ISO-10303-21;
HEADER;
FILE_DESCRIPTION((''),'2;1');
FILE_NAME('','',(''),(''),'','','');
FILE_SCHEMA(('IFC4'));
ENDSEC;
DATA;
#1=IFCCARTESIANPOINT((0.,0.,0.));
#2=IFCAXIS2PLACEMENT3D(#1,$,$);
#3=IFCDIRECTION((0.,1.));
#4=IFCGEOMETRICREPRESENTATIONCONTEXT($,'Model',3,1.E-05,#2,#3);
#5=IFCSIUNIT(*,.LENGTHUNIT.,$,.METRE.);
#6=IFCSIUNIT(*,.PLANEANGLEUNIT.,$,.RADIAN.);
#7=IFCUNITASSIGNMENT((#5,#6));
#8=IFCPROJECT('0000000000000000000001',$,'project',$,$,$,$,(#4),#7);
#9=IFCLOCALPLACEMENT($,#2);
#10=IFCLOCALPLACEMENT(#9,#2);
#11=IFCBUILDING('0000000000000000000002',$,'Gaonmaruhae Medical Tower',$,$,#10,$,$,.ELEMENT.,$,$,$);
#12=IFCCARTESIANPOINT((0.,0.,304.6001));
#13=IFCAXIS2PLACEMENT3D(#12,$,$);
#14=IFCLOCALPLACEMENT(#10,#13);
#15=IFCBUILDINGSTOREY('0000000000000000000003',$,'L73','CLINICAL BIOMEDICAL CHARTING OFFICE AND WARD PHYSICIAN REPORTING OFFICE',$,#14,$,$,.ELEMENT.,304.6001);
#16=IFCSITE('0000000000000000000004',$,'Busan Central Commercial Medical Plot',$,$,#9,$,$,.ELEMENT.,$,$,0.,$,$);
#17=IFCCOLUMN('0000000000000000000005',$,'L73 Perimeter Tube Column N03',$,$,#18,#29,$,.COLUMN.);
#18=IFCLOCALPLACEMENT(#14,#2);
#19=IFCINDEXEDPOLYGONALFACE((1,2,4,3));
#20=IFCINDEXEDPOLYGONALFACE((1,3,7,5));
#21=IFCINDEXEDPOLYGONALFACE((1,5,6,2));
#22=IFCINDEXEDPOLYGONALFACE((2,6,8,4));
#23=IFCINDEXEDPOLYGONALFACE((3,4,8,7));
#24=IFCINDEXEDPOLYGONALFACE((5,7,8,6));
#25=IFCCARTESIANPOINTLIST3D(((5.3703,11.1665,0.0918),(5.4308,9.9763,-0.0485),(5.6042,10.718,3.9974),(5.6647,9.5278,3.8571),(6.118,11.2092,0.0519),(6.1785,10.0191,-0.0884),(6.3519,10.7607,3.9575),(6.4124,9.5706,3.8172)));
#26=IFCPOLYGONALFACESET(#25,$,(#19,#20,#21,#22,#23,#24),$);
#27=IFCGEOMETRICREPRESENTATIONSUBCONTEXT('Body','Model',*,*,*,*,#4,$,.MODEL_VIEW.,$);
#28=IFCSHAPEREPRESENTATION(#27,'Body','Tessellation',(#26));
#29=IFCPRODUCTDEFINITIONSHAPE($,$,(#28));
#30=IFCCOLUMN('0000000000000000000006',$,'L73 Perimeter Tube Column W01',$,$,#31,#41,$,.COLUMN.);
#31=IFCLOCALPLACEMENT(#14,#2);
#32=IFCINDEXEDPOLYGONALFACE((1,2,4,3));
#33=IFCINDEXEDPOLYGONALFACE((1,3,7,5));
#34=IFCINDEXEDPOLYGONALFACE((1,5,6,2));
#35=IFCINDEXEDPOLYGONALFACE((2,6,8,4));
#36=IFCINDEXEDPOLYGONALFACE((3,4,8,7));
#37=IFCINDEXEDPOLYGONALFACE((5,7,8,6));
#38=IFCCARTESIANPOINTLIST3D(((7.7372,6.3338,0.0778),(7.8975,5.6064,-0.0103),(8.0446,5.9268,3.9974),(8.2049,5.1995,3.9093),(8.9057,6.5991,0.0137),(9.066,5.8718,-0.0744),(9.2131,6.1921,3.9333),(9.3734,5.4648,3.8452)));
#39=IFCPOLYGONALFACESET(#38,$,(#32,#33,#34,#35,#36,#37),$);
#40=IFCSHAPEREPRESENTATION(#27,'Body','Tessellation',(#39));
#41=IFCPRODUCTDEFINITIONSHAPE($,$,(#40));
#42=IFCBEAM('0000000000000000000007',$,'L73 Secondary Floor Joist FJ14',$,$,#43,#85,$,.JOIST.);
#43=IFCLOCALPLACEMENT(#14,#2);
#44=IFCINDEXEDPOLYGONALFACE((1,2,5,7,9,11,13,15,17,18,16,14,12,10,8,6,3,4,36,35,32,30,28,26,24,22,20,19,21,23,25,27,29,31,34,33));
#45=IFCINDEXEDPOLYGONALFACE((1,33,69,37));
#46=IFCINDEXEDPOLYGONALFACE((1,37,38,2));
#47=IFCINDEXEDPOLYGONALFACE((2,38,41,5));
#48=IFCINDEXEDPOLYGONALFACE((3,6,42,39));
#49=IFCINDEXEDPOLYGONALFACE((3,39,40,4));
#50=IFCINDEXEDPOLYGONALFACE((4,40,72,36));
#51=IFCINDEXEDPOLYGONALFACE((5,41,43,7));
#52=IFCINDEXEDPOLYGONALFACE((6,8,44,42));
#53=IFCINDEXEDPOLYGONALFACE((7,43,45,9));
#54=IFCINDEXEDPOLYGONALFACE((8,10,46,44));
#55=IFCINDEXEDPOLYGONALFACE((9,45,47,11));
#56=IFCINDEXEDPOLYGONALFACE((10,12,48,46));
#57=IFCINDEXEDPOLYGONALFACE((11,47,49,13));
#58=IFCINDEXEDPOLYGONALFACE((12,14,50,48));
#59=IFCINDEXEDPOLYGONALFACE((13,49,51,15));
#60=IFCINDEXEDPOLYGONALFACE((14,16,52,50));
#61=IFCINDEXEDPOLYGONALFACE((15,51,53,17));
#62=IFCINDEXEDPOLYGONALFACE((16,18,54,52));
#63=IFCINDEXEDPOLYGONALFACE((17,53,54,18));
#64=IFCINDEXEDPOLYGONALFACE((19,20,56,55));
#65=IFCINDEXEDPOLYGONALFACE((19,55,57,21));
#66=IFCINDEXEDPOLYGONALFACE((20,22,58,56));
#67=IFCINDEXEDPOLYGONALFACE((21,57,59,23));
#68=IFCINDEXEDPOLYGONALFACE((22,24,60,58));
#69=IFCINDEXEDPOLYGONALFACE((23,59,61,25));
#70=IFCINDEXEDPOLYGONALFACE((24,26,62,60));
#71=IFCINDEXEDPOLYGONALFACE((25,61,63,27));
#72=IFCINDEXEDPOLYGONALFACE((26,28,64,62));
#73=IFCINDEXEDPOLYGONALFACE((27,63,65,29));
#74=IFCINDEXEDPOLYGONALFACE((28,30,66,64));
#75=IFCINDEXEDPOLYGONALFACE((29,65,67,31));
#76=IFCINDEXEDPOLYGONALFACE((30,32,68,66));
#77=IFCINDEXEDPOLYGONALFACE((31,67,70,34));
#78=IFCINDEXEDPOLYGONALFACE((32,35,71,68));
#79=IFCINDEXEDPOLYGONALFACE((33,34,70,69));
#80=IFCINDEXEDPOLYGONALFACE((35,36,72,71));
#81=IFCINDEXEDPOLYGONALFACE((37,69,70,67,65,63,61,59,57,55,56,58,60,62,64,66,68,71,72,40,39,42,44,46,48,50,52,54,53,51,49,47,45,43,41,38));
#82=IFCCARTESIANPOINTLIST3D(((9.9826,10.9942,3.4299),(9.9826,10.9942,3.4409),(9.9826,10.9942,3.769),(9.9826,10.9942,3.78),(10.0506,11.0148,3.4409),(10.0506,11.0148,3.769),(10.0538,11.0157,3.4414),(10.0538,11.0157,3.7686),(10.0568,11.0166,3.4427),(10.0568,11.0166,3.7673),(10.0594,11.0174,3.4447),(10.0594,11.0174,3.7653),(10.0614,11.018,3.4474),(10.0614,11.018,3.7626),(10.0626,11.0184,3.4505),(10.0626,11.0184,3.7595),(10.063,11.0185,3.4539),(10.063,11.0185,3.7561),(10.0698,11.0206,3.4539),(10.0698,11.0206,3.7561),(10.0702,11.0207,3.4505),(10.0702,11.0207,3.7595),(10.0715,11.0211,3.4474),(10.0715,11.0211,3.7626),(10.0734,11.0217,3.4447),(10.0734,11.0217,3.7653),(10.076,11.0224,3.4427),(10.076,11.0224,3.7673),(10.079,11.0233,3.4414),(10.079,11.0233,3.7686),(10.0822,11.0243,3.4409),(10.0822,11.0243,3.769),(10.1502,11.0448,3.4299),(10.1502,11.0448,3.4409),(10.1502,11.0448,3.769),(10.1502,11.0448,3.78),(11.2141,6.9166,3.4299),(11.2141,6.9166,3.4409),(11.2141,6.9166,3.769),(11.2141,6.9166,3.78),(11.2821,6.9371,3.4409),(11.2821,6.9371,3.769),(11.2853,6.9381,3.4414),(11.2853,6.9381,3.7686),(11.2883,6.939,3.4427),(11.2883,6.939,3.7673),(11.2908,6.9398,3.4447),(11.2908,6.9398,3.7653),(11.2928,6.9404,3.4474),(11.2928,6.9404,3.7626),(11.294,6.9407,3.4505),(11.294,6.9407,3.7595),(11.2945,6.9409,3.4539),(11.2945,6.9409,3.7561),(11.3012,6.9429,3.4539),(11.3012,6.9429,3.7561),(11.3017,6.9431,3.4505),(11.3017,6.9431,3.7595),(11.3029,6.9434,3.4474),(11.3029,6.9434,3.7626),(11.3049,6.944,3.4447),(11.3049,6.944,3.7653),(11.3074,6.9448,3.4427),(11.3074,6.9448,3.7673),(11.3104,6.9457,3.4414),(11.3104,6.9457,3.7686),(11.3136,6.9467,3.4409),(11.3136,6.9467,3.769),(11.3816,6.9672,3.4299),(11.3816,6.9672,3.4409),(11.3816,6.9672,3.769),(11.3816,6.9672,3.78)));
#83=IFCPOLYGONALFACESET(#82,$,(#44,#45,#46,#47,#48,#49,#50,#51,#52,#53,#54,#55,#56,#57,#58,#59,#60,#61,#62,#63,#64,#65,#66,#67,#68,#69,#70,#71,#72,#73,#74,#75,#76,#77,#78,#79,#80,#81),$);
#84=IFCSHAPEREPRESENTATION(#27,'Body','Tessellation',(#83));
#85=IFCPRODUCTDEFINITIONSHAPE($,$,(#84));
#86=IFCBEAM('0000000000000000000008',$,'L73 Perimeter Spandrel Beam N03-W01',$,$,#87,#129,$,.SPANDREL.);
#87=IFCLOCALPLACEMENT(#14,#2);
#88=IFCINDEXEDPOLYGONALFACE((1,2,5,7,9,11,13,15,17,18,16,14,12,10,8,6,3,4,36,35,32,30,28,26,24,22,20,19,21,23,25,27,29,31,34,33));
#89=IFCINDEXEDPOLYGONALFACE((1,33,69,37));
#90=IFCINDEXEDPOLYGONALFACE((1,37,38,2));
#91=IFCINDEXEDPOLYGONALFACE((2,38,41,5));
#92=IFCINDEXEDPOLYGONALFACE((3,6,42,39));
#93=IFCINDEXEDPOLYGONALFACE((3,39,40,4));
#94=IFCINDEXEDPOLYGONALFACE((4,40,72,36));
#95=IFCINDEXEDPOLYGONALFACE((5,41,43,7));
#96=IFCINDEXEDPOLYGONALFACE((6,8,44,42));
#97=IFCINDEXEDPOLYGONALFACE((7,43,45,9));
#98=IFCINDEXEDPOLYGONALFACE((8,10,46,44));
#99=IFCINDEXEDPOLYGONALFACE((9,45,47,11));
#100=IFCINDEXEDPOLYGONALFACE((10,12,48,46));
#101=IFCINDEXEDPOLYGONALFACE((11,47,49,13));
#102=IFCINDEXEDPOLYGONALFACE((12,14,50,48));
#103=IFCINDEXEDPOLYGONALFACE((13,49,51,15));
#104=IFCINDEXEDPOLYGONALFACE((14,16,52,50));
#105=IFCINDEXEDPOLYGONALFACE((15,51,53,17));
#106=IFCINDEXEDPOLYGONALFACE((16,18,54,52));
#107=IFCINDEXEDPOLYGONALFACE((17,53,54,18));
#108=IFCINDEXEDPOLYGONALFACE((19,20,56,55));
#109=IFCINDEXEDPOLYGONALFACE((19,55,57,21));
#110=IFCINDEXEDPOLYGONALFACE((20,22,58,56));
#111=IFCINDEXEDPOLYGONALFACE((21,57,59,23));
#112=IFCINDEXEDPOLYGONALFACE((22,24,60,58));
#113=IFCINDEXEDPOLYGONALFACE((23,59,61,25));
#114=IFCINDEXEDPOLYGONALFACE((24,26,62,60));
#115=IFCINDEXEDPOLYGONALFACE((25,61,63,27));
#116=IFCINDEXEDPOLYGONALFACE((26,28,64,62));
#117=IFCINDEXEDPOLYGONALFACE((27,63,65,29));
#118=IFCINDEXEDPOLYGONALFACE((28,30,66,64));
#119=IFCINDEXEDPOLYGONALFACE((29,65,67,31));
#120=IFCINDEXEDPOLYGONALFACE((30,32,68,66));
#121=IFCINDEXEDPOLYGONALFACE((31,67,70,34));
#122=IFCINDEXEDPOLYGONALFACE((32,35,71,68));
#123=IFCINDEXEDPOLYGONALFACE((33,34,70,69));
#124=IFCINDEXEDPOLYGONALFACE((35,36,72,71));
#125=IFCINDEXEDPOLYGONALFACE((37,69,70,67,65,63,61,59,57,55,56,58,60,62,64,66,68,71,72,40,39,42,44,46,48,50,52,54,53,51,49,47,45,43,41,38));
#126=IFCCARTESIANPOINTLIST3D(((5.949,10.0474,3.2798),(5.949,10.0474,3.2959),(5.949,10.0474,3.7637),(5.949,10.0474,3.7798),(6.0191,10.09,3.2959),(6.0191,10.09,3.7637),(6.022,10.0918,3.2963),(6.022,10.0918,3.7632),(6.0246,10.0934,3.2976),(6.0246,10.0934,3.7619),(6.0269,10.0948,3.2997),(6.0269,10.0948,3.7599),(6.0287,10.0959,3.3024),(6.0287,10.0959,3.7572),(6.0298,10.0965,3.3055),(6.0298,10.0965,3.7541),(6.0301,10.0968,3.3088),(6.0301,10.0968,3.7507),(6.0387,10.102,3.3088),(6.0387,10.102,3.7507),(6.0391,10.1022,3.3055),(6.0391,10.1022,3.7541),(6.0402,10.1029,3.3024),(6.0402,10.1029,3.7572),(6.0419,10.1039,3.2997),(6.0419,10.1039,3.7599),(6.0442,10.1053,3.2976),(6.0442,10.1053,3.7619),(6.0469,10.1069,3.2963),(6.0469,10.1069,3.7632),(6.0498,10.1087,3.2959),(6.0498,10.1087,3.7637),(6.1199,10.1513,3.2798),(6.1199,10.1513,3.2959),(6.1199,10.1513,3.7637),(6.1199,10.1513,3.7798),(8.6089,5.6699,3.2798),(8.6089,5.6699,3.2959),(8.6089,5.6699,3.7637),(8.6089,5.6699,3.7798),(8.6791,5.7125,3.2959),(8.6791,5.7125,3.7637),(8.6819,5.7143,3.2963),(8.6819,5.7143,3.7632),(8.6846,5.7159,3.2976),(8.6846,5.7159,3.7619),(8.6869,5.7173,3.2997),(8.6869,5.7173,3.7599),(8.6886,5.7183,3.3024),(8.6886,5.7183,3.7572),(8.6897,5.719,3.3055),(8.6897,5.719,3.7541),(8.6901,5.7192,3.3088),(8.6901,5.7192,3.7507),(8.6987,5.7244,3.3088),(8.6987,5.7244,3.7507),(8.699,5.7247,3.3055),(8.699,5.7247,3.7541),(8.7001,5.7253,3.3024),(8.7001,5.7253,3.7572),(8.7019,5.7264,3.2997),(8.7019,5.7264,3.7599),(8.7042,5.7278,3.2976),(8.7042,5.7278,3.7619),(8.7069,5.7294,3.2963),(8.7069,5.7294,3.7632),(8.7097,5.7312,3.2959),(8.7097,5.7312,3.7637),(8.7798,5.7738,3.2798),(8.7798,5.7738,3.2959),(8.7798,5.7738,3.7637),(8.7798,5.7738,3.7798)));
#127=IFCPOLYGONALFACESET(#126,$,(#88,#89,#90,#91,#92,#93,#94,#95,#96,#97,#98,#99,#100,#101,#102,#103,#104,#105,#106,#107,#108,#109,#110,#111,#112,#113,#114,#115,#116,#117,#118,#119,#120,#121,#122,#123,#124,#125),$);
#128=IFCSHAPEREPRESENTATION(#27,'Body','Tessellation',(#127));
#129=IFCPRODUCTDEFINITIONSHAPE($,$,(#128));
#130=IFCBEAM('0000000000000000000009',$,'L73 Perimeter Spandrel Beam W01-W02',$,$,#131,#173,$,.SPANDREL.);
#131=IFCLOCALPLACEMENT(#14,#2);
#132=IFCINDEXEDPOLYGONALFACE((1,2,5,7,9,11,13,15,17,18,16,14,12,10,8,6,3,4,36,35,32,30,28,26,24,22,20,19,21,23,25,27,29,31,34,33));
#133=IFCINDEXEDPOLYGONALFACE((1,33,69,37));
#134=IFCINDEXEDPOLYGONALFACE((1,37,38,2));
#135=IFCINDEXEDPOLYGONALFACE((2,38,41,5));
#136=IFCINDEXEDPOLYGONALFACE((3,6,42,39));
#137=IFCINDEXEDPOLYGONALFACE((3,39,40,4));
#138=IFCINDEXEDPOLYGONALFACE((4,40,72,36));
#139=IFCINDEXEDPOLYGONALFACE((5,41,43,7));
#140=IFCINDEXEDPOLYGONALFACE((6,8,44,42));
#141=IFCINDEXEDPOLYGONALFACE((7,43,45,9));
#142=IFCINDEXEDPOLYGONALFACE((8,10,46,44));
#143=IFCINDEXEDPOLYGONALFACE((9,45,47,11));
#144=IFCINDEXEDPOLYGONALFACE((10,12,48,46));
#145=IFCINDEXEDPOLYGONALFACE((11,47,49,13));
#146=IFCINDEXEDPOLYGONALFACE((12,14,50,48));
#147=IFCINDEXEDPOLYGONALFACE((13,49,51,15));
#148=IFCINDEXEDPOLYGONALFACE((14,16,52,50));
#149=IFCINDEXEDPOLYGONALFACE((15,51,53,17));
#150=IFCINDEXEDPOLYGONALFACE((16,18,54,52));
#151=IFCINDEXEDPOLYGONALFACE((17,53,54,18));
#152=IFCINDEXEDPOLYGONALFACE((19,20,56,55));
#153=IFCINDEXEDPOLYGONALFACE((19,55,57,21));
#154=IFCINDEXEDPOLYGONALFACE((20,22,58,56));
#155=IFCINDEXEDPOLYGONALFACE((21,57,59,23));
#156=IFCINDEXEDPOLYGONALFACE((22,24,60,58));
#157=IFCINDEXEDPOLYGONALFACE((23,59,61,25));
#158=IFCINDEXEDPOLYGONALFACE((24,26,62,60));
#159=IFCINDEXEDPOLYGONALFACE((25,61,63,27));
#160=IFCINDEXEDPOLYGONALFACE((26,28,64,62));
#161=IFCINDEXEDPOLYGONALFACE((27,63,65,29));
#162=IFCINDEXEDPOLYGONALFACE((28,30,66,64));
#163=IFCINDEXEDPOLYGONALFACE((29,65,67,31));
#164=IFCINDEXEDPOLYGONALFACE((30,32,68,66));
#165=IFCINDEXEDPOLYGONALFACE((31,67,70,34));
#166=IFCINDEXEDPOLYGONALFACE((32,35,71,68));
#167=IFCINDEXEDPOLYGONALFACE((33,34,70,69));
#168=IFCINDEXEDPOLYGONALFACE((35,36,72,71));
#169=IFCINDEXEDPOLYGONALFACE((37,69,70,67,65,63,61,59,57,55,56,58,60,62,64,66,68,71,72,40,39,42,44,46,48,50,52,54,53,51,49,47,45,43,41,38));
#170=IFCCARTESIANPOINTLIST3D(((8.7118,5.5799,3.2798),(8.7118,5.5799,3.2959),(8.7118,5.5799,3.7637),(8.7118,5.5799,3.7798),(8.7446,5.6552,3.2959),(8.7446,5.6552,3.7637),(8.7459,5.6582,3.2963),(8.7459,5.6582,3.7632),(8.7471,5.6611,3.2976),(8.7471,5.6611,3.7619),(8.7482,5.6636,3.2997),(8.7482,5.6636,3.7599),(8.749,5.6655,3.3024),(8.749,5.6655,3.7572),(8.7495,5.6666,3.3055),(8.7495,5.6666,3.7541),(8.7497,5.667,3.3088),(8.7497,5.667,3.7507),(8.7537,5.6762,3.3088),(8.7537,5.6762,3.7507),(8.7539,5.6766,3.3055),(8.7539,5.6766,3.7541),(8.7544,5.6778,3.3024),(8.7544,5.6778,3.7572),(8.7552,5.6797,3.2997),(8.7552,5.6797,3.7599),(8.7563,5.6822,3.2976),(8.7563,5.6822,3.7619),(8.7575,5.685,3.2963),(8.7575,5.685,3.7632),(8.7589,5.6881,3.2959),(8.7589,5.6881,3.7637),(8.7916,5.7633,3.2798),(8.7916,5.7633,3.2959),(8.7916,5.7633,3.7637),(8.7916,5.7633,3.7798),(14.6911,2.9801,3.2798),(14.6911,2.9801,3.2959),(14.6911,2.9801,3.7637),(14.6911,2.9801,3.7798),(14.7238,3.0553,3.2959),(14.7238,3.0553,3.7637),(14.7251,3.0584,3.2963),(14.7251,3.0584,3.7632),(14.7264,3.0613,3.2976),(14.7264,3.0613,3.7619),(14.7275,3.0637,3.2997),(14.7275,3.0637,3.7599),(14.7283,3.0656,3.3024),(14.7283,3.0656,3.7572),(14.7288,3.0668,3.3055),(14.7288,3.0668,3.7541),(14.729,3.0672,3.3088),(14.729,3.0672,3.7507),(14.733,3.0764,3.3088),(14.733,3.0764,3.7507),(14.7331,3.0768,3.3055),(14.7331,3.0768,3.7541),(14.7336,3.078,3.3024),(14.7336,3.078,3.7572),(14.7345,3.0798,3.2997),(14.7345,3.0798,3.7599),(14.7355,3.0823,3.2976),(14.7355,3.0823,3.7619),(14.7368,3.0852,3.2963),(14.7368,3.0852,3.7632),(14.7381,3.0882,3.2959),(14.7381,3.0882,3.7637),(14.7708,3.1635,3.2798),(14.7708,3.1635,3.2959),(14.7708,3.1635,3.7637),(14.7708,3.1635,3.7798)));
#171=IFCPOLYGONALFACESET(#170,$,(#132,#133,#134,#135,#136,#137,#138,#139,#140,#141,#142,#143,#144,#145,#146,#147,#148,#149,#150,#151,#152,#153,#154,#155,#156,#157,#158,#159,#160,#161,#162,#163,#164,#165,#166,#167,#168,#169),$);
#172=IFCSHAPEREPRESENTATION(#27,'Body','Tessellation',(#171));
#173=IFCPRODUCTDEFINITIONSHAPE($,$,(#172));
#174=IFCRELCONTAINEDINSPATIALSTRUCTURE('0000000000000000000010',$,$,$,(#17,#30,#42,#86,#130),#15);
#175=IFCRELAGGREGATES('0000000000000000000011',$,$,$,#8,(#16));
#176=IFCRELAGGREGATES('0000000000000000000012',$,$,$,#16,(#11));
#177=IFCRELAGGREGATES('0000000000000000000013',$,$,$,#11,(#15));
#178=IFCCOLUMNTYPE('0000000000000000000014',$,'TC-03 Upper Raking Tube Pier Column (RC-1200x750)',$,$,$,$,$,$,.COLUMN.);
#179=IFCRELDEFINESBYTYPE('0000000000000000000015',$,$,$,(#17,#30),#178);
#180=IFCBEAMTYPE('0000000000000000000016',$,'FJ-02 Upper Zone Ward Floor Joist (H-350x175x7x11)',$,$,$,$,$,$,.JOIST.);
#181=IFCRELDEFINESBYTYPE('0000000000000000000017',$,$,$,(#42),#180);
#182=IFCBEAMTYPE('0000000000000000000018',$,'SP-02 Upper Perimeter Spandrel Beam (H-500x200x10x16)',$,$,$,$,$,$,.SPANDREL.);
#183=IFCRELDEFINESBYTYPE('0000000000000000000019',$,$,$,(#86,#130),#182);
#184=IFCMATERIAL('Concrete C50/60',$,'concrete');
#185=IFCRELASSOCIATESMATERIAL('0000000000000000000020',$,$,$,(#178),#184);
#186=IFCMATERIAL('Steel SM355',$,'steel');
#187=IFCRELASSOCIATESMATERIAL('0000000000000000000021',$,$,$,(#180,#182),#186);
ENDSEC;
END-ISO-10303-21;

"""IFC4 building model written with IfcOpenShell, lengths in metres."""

from ifc_helpers import new_model, si_unit, direction, frame, origin, origin_2d, place, context, subcontext, project, spatial, rectangle, i_section, extrude, material, material_profile, profile_set, type_object, element, save


model = new_model("IFC4")

# Units and contexts
model_context = context("Model", 3, precision=1e-05, world=origin(), true_north=direction((0.0, 1.0)))
body_context = subcontext(model_context, "Body", "Model", "MODEL_VIEW")
ifc_project = project(units=[si_unit("LENGTHUNIT", "METRE"), si_unit("PLANEANGLEUNIT", "RADIAN")], contexts=[model_context])

# Site, building, storey
site_placement = place(None, origin())
site = spatial("IfcSite", under=ifc_project, at=site_placement, Name="Busan Central Commercial Medical Plot", CompositionType="ELEMENT", RefElevation=0.0)
building_placement = place(site_placement, origin())
building = spatial("IfcBuilding", under=site, at=building_placement, Name="Gaonmaruhae Medical Tower", CompositionType="ELEMENT")
storey_placement = place(building_placement, frame((0.0, 0.0, 304.6001)))
storey = spatial("IfcBuildingStorey", under=building, at=storey_placement, Name="L73", Description="CLINICAL BIOMEDICAL CHARTING OFFICE AND WARD PHYSICIAN REPORTING OFFICE", CompositionType="ELEMENT", Elevation=304.6001)

# Columns
ifc_material_1 = material(Name="Concrete C50/60", Category="concrete")
ifc_material_profile_1 = material_profile(ifc_material_1, rectangle(XDim=1.2, YDim=0.75, at=origin_2d()), Name="RC-1200x750")
ifc_profile_set_1 = profile_set([ifc_material_profile_1], Name="Concrete C50/60")
column_type = type_object("IfcColumnType", Name="TC-03 Upper Raking Tube Pier Column (RC-1200x750)", PredefinedType="COLUMN", material=ifc_profile_set_1)
column_1_placement = place(storey_placement, frame((5.7744, 10.5928, 0.0017), z_axis=(0.05939, -0.113883, 0.991717), x_axis=(-0.050456, 0.991859, 0.116921)))
element("IfcColumn", 1, at=column_1_placement, inside=storey, type_object=column_type, Name="L73 Perimeter Tube Column N03", PredefinedType="COLUMN", context=body_context, shape_type="SweptSolid", body=[
    extrude(rectangle(XDim=1.2, YDim=0.75, at=origin_2d()), origin(), (0.0, 0.0, 1.0), 3.9382),
])
column_2_placement = place(storey_placement, frame((8.4016, 6.1028, 0.0017), z_axis=(0.077762, -0.102963, 0.991641), x_axis=(-0.973786, -0.221107, 0.053405)))
element("IfcColumn", 2, at=column_2_placement, inside=storey, type_object=column_type, Name="L73 Perimeter Tube Column W01", PredefinedType="COLUMN", context=body_context, shape_type="SweptSolid", body=[
    extrude(rectangle(XDim=1.2, YDim=0.75, at=origin_2d()), origin(), (0.0, 0.0, 1.0), 3.9526),
])

# Beams
ifc_material_2 = material(Name="Steel SM355", Category="steel")
ifc_material_profile_2 = material_profile(ifc_material_2, i_section(OverallWidth=0.175, OverallDepth=0.3501, WebThickness=0.0071, FlangeThickness=0.011, FilletRadius=0.0129, at=origin_2d()), Name="H-350x175x7x11")
ifc_profile_set_2 = profile_set([ifc_material_profile_2], Name="Steel SM355")
beam_type_1 = type_object("IfcBeamType", Name="FJ-02 Upper Zone Ward Floor Joist (H-350x175x7x11)", PredefinedType="JOIST", material=ifc_profile_set_2)
beam_1_placement = place(storey_placement, frame((10.0664, 11.0195, 3.605), z_axis=(0.289104, -0.957298, 0.0), x_axis=(0.957298, 0.289104, 0.0)))
element("IfcBeam", 3, at=beam_1_placement, inside=storey, type_object=beam_type_1, Name="L73 Secondary Floor Joist FJ14", PredefinedType="JOIST", context=body_context, shape_type="SweptSolid", body=[
    extrude(i_section(OverallWidth=0.175, OverallDepth=0.3501, WebThickness=0.0071, FlangeThickness=0.011, FilletRadius=0.0129, at=origin_2d()), origin(), (0.0, 0.0, 1.0), 4.2595),
])
ifc_material_profile_3 = material_profile(ifc_material_2, i_section(OverallWidth=0.2, OverallDepth=0.5, WebThickness=0.01, FlangeThickness=0.0161, FilletRadius=0.0129, at=origin_2d()), Name="H-500x200x10x16")
ifc_profile_set_3 = profile_set([ifc_material_profile_3], Name="Steel SM355")
beam_type_2 = type_object("IfcBeamType", Name="SP-02 Upper Perimeter Spandrel Beam (H-500x200x10x16)", PredefinedType="SPANDREL", material=ifc_profile_set_3)
beam_2_placement = place(storey_placement, frame((6.0344, 10.0994, 3.5298), z_axis=(0.519289, -0.854599, 0.0), x_axis=(0.854599, 0.519289, 0.0)))
element("IfcBeam", 4, at=beam_2_placement, inside=storey, type_object=beam_type_2, Name="L73 Perimeter Spandrel Beam N03-W01", PredefinedType="SPANDREL", context=body_context, shape_type="SweptSolid", body=[
    extrude(i_section(OverallWidth=0.2, OverallDepth=0.5, WebThickness=0.01, FlangeThickness=0.0161, FilletRadius=0.0129, at=origin_2d()), origin(), (0.0, 0.0, 1.0), 5.1223),
])
beam_3_placement = place(storey_placement, frame((8.7517, 5.6716, 3.5298), z_axis=(0.91706, -0.398749, 0.0), x_axis=(0.398749, 0.91706, 0.0)))
element("IfcBeam", 5, at=beam_3_placement, inside=storey, type_object=beam_type_2, Name="L73 Perimeter Spandrel Beam W01-W02", PredefinedType="SPANDREL", context=body_context, shape_type="SweptSolid", body=[
    extrude(i_section(OverallWidth=0.2, OverallDepth=0.5, WebThickness=0.01, FlangeThickness=0.0161, FilletRadius=0.0129, at=origin_2d()), origin(), (0.0, 0.0, 1.0), 6.52),
])

save(model, "model.ifc")
